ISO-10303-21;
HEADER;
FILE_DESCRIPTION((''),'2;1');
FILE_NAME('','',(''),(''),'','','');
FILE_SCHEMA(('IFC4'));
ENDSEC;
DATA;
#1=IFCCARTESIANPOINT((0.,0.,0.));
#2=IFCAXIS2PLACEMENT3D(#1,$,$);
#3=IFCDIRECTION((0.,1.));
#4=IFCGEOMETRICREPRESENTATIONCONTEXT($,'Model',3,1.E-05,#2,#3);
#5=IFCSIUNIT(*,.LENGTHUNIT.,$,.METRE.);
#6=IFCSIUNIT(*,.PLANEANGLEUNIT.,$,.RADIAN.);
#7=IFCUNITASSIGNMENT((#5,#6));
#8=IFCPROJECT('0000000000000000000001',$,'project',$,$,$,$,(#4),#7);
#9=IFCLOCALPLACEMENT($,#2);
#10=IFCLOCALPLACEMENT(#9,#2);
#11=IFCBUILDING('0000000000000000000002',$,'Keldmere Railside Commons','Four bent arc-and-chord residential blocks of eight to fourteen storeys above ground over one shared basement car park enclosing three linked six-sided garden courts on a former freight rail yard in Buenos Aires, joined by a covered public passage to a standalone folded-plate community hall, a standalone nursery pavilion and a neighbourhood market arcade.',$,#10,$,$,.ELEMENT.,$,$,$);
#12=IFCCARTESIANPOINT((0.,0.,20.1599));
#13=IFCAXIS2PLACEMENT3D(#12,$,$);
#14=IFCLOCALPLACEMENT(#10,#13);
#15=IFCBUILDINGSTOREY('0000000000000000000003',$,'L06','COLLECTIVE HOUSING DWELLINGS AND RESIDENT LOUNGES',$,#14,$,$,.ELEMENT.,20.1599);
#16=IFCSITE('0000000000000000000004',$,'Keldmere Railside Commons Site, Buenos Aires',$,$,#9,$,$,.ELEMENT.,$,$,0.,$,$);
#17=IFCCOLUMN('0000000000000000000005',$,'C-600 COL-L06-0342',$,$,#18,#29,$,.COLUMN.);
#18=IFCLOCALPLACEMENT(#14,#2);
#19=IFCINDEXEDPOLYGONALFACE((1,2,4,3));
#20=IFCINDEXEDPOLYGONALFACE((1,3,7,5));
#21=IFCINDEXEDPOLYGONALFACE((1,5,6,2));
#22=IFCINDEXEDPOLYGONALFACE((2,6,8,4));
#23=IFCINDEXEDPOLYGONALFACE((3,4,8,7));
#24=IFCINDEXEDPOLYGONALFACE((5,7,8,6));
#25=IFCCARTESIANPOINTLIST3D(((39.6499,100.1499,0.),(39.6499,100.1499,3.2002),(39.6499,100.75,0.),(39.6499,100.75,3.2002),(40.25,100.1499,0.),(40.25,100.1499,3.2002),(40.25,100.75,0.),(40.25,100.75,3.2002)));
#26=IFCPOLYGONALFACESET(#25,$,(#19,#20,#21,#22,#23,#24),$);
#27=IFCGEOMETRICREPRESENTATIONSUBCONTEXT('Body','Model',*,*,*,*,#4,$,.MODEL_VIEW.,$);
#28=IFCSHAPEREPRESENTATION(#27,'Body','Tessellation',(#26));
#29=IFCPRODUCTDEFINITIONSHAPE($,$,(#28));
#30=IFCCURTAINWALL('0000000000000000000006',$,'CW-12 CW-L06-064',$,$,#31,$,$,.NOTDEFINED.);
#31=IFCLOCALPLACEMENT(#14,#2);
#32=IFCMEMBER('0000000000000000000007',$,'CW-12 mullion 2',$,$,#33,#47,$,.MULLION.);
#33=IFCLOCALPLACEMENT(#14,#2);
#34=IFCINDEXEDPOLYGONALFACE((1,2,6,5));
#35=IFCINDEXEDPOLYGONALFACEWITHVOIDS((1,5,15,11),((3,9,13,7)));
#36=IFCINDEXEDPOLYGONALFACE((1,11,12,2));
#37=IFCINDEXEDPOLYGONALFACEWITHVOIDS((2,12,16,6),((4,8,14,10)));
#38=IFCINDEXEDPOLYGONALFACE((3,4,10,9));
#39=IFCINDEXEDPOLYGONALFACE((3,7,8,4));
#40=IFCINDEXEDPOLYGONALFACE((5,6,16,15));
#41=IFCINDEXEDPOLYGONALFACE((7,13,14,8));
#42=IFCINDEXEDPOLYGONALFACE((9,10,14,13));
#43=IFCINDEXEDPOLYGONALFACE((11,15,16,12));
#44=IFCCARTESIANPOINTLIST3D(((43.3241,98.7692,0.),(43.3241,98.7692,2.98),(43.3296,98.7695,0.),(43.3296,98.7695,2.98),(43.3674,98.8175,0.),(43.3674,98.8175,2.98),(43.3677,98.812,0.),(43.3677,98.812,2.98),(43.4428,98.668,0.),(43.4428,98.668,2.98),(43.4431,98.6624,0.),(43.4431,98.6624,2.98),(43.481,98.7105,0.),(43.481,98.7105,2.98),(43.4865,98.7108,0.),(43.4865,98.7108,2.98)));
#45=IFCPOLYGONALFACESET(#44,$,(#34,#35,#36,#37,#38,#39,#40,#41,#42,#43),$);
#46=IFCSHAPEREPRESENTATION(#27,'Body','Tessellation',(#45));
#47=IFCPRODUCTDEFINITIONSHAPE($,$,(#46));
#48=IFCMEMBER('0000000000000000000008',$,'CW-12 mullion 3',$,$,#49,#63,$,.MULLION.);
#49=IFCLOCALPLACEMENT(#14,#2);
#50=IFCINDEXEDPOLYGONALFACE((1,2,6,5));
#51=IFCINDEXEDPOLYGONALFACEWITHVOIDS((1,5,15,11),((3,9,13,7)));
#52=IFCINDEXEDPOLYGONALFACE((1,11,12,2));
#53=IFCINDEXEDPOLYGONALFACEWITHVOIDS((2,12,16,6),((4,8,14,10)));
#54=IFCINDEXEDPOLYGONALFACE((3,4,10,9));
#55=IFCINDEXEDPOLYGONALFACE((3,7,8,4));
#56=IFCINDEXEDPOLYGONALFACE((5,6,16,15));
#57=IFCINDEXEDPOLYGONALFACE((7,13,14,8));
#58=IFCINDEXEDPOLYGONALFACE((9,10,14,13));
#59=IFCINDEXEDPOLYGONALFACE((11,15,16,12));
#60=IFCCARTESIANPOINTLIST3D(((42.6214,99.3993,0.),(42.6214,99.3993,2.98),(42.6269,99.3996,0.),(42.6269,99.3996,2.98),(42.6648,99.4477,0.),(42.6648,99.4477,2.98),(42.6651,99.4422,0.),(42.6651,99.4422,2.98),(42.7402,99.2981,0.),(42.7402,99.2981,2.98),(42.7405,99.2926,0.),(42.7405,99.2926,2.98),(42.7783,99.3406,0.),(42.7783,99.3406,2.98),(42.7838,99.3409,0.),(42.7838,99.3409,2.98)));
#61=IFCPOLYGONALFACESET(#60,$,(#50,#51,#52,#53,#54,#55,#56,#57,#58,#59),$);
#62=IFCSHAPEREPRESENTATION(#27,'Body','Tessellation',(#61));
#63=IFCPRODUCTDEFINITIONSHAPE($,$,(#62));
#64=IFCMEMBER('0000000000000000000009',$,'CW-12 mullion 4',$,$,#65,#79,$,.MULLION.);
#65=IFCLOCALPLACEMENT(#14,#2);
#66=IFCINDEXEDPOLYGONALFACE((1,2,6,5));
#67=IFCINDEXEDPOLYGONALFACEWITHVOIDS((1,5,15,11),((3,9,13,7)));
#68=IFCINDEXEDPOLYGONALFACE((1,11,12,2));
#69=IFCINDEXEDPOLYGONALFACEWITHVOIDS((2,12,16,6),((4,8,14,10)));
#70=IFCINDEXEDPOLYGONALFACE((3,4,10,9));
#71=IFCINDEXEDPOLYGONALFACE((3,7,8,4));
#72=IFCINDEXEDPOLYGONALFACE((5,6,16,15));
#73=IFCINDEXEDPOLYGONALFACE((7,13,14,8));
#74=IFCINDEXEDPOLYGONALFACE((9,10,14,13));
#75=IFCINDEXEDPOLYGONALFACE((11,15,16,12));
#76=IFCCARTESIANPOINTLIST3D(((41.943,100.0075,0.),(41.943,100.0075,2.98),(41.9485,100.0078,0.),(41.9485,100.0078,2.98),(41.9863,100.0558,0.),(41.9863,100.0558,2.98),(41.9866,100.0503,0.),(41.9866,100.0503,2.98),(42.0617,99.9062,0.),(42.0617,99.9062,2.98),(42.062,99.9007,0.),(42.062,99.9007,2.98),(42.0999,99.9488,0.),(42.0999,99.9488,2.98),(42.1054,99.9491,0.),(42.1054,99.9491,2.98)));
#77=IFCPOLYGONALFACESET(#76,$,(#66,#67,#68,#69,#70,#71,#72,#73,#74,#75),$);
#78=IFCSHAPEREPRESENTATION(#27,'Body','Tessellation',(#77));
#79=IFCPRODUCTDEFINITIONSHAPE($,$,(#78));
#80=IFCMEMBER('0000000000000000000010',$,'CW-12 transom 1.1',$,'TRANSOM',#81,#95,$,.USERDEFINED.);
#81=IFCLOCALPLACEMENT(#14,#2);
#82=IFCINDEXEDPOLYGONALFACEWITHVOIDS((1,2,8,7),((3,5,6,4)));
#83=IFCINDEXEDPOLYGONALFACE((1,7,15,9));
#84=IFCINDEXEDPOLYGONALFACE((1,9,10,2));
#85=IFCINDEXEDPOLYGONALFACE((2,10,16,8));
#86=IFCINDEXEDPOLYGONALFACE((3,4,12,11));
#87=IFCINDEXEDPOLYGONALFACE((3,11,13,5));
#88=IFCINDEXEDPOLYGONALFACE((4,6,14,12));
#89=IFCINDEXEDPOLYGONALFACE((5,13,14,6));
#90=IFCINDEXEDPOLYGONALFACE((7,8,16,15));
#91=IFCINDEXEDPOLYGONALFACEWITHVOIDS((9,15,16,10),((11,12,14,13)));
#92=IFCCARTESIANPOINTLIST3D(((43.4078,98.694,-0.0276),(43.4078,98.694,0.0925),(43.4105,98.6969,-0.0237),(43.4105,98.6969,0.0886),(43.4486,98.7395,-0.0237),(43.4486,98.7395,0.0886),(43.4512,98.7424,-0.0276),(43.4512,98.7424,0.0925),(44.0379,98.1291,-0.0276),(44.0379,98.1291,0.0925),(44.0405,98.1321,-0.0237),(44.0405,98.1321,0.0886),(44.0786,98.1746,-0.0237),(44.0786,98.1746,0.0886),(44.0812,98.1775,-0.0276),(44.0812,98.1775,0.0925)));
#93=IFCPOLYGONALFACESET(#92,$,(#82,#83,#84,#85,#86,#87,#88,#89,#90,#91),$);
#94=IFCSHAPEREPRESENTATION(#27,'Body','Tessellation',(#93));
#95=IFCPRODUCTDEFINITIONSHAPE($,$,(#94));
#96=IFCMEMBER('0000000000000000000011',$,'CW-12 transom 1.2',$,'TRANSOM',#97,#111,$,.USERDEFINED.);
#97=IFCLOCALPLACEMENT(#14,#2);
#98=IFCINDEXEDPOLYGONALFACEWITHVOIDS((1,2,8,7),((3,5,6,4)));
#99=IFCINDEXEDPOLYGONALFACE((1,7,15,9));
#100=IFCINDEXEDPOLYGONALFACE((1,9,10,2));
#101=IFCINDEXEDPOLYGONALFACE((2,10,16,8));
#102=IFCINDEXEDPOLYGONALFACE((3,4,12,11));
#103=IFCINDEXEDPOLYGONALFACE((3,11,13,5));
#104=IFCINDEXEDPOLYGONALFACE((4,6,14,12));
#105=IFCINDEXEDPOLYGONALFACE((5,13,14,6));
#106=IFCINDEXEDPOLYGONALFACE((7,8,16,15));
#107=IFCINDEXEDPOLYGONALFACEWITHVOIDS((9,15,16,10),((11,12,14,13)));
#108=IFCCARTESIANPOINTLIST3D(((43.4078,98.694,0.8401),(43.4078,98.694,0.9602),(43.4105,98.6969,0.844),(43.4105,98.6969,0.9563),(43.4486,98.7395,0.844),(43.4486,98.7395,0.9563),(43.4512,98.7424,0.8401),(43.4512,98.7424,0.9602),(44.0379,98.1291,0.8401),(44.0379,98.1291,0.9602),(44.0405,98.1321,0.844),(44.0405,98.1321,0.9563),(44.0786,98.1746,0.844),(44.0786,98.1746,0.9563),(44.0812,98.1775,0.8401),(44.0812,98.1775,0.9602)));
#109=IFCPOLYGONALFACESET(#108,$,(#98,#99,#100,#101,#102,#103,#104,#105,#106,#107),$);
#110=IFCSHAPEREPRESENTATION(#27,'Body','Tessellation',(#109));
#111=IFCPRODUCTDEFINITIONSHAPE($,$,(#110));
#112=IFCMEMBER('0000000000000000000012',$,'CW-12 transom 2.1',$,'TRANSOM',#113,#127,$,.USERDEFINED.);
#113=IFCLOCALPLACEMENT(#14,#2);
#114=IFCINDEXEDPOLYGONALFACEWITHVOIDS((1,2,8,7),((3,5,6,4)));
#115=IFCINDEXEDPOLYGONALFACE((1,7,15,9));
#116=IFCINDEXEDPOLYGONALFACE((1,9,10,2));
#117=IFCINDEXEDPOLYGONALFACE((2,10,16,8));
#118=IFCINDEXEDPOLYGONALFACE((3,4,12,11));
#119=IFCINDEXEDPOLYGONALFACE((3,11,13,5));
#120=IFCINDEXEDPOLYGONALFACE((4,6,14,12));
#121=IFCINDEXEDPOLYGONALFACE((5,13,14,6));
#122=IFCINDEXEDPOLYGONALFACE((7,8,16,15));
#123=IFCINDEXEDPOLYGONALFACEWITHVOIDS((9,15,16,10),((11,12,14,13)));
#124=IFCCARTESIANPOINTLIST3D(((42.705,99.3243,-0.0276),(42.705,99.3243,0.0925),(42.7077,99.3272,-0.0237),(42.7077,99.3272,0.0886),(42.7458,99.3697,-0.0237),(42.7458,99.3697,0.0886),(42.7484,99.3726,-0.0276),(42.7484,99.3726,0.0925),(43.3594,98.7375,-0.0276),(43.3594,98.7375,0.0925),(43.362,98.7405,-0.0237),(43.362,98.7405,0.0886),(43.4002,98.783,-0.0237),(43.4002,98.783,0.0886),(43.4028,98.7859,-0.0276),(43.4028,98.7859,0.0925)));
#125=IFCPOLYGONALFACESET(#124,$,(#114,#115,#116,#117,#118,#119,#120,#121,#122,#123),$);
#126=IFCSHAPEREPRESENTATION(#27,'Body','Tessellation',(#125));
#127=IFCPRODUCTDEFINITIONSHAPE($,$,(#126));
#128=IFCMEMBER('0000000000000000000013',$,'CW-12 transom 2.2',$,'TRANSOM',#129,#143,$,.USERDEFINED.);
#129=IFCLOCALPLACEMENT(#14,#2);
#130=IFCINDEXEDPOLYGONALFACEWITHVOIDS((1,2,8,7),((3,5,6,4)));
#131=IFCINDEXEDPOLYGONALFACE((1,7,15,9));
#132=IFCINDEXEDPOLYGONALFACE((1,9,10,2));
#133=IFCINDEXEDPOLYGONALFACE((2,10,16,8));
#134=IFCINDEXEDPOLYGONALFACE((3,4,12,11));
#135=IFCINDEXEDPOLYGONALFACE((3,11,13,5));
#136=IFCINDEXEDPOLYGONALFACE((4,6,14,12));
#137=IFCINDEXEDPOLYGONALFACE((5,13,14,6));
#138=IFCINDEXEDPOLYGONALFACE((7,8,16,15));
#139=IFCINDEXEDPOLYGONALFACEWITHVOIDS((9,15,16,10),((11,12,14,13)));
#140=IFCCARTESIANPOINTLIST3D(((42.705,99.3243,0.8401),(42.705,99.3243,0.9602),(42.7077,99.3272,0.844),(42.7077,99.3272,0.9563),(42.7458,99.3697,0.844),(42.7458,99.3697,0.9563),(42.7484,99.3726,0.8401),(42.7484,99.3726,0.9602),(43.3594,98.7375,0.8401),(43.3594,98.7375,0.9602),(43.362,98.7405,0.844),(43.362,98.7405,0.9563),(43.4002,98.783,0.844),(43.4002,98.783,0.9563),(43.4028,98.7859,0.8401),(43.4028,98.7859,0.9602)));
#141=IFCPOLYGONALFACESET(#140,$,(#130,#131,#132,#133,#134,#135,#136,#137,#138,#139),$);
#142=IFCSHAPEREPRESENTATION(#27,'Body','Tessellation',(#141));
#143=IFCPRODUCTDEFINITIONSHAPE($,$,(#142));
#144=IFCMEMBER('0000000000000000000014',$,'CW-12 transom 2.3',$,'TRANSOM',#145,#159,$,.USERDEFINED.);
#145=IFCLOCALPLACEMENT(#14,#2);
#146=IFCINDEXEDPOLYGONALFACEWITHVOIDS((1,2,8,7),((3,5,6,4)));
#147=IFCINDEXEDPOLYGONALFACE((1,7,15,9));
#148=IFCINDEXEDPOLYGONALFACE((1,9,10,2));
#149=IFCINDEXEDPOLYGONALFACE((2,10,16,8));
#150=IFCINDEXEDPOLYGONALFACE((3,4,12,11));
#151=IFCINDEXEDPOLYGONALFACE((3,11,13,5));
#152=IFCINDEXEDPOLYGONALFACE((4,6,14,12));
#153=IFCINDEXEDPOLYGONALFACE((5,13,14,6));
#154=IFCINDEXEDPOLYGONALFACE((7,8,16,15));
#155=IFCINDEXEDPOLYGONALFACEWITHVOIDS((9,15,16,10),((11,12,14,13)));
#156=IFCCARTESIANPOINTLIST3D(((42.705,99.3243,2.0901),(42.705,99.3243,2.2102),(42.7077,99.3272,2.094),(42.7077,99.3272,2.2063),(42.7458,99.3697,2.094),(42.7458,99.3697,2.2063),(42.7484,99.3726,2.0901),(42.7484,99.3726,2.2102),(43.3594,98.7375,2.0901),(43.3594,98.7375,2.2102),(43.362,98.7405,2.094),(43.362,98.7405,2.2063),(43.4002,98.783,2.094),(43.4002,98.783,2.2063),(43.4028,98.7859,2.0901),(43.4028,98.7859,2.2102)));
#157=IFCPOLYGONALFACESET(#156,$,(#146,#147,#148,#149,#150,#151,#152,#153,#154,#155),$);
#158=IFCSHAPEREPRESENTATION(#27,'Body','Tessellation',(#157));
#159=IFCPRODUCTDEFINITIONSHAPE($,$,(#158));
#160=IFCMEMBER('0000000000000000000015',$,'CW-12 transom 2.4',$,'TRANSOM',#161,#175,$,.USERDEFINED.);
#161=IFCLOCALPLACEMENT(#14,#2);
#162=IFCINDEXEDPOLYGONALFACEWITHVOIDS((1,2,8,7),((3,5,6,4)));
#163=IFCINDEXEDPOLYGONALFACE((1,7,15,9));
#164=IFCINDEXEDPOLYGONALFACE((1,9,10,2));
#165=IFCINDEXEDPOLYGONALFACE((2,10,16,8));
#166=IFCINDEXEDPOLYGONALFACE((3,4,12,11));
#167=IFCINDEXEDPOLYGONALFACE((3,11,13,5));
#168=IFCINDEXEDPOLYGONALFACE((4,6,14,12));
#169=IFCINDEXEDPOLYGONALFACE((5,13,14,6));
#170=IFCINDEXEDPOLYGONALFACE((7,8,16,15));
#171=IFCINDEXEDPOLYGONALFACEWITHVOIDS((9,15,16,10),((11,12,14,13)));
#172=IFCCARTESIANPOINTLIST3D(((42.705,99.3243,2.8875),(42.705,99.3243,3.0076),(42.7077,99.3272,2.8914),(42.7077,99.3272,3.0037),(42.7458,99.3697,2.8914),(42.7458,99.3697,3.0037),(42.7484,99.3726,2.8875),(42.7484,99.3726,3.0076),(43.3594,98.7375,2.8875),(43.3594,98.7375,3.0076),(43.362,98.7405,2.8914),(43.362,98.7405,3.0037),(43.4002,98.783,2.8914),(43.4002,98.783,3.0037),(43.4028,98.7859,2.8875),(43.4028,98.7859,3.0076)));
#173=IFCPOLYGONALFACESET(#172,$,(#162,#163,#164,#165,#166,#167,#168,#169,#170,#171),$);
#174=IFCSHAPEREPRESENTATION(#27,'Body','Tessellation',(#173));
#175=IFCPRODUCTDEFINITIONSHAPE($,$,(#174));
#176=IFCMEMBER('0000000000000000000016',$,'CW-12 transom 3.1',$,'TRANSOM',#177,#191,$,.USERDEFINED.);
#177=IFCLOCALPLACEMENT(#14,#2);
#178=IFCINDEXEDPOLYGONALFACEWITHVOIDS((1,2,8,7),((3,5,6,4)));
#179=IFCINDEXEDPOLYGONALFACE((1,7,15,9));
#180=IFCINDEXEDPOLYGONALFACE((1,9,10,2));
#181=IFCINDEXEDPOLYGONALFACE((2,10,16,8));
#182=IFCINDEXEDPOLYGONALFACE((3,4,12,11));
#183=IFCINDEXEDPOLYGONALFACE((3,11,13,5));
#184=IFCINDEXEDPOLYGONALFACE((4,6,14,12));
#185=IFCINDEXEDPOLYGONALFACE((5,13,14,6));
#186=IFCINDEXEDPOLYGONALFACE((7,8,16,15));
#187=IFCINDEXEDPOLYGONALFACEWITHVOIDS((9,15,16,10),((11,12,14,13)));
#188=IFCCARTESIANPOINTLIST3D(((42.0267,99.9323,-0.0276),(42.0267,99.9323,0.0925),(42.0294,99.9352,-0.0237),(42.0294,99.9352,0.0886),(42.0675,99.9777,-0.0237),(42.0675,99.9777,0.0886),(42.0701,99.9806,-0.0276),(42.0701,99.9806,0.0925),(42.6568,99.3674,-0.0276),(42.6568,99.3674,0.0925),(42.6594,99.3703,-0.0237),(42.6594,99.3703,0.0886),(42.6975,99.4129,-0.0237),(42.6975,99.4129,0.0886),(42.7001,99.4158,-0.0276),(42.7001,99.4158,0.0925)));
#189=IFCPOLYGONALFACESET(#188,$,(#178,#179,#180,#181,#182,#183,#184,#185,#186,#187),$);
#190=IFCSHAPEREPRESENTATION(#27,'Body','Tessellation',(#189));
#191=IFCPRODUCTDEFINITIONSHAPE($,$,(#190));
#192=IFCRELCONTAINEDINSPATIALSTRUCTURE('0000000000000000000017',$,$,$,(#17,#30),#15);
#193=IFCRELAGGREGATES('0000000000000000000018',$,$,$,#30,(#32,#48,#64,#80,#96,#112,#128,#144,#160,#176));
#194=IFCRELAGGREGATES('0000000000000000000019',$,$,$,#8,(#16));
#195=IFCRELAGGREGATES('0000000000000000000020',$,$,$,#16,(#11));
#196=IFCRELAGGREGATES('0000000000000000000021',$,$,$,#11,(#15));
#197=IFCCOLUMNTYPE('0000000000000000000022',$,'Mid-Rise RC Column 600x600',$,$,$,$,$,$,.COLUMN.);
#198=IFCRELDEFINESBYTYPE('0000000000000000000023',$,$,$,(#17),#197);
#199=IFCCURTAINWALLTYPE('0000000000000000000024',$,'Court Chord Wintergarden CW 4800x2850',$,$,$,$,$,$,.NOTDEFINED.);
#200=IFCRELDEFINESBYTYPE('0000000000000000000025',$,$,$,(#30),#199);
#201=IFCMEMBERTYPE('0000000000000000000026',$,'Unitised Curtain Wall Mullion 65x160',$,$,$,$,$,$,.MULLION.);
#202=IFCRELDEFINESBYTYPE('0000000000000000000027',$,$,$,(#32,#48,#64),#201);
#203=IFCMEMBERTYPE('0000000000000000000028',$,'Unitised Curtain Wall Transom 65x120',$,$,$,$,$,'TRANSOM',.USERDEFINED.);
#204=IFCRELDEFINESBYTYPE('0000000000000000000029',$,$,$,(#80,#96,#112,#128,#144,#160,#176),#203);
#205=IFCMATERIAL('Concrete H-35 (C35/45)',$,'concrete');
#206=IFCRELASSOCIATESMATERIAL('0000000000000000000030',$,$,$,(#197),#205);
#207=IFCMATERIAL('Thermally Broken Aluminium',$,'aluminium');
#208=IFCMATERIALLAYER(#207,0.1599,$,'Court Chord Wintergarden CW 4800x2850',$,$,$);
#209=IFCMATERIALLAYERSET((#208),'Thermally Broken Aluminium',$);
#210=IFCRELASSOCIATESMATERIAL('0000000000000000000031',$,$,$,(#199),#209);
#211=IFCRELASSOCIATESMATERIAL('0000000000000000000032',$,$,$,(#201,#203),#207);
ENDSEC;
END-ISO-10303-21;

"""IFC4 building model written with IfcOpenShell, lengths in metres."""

from ifc_helpers import new_model, si_unit, direction, frame, origin, origin_2d, place, context, subcontext, project, spatial, rectangle, hollow_rectangle, extrude, material, layer, layer_set, material_profile, profile_set, type_object, element, aggregate, save


model = new_model("IFC4")

# Units and contexts
model_context = context("Model", 3, precision=1e-05, world=origin(), true_north=direction((0.0, 1.0)))
body_context = subcontext(model_context, "Body", "Model", "MODEL_VIEW")
ifc_project = project(units=[si_unit("LENGTHUNIT", "METRE"), si_unit("PLANEANGLEUNIT", "RADIAN")], contexts=[model_context])

# Site, building, storey
site_placement = place(None, origin())
site = spatial("IfcSite", under=ifc_project, at=site_placement, Name="Keldmere Railside Commons Site, Buenos Aires", CompositionType="ELEMENT", RefElevation=0.0)
building_placement = place(site_placement, origin())
building = spatial("IfcBuilding", under=site, at=building_placement, Name="Keldmere Railside Commons", Description="Four bent arc-and-chord residential blocks of eight to fourteen storeys above ground over one shared basement car park enclosing three linked six-sided garden courts on a former freight rail yard in Buenos Aires, joined by a covered public passage to a standalone folded-plate community hall, a standalone nursery pavilion and a neighbourhood market arcade.", CompositionType="ELEMENT")
storey_placement = place(building_placement, frame((0.0, 0.0, 20.1599)))
storey = spatial("IfcBuildingStorey", under=building, at=storey_placement, Name="L06", Description="COLLECTIVE HOUSING DWELLINGS AND RESIDENT LOUNGES", CompositionType="ELEMENT", Elevation=20.1599)

# Column
ifc_material_1 = material(Name="Concrete H-35 (C35/45)", Category="concrete")
ifc_material_profile_1 = material_profile(ifc_material_1, rectangle(XDim=0.6001, YDim=0.6001, at=origin_2d()), Name="RC-600x600")
ifc_profile_set_1 = profile_set([ifc_material_profile_1], Name="Concrete H-35 (C35/45)")
column_type = type_object("IfcColumnType", Name="Mid-Rise RC Column 600x600", PredefinedType="COLUMN", material=ifc_profile_set_1)
column_placement = place(storey_placement, frame((39.95, 100.45, 0.0), z_axis=(0.0, 0.0, 1.0), x_axis=(1.0, 0.0, 0.0)))
element("IfcColumn", 1, at=column_placement, inside=storey, type_object=column_type, Name="C-600 COL-L06-0342", PredefinedType="COLUMN", context=body_context, shape_type="SweptSolid", body=[
    extrude(rectangle(XDim=0.6001, YDim=0.6001, at=origin_2d()), origin(), (0.0, 0.0, 1.0), 3.2002),
])

# Curtain wall, members
ifc_material_2 = material(Name="Thermally Broken Aluminium", Category="aluminium")
ifc_layer_1 = layer(ifc_material_2, 0.1599, Name="Court Chord Wintergarden CW 4800x2850")
ifc_layer_set_1 = layer_set([ifc_layer_1], Name="Thermally Broken Aluminium")
curtain_wall_type = type_object("IfcCurtainWallType", Name="Court Chord Wintergarden CW 4800x2850", PredefinedType="NOTDEFINED", material=ifc_layer_set_1)
curtain_wall_placement = place(storey_placement, origin())
curtain_wall = element("IfcCurtainWall", 2, at=curtain_wall_placement, inside=storey, type_object=curtain_wall_type, Name="CW-12 CW-L06-064", PredefinedType="NOTDEFINED")
ifc_material_profile_2 = material_profile(ifc_material_2, hollow_rectangle(XDim=0.0649, YDim=0.1599, WallThickness=0.0039, at=origin_2d()), Name="ALU-MULL-65x160")
ifc_profile_set_2 = profile_set([ifc_material_profile_2], Name="Thermally Broken Aluminium")
member_type_1 = type_object("IfcMemberType", Name="Unitised Curtain Wall Mullion 65x160", PredefinedType="MULLION", material=ifc_profile_set_2)
member_1_placement = place(storey_placement, frame((43.4053, 98.74, 0.0), z_axis=(0.0, 0.0, 1.0), x_axis=(-0.667559, -0.744557, 0.0)))
member_1 = element("IfcMember", 3, at=member_1_placement, type_object=member_type_1, Name="CW-12 mullion 2", PredefinedType="MULLION", context=body_context, shape_type="SweptSolid", body=[
    extrude(hollow_rectangle(XDim=0.0649, YDim=0.1599, WallThickness=0.0039, at=origin_2d()), origin(), (0.0, 0.0, 1.0), 2.98),
])
member_2_placement = place(storey_placement, frame((42.7026, 99.3701, 0.0), z_axis=(0.0, 0.0, 1.0), x_axis=(-0.667559, -0.744557, 0.0)))
member_2 = element("IfcMember", 4, at=member_2_placement, type_object=member_type_1, Name="CW-12 mullion 3", PredefinedType="MULLION", context=body_context, shape_type="SweptSolid", body=[
    extrude(hollow_rectangle(XDim=0.0649, YDim=0.1599, WallThickness=0.0039, at=origin_2d()), origin(), (0.0, 0.0, 1.0), 2.98),
])
member_3_placement = place(storey_placement, frame((42.0242, 99.9783, 0.0), z_axis=(0.0, 0.0, 1.0), x_axis=(-0.667559, -0.744557, 0.0)))
member_3 = element("IfcMember", 5, at=member_3_placement, type_object=member_type_1, Name="CW-12 mullion 4", PredefinedType="MULLION", context=body_context, shape_type="SweptSolid", body=[
    extrude(hollow_rectangle(XDim=0.0649, YDim=0.1599, WallThickness=0.0039, at=origin_2d()), origin(), (0.0, 0.0, 1.0), 2.98),
])
ifc_material_profile_3 = material_profile(ifc_material_2, hollow_rectangle(XDim=0.0649, YDim=0.1201, WallThickness=0.0039, at=origin_2d()), Name="ALU-TRAN-65x120")
ifc_profile_set_3 = profile_set([ifc_material_profile_3], Name="Thermally Broken Aluminium")
member_type_2 = type_object("IfcMemberType", Name="Unitised Curtain Wall Transom 65x120", ElementType="TRANSOM", PredefinedType="USERDEFINED", material=ifc_profile_set_3)
member_4_placement = place(storey_placement, frame((44.0596, 98.1533, 0.0325), z_axis=(-0.744569, 0.667545, 0.0), x_axis=(-0.667545, -0.744569, 0.0)))
member_4 = element("IfcMember", 6, at=member_4_placement, type_object=member_type_2, Name="CW-12 transom 1.1", ObjectType="TRANSOM", PredefinedType="USERDEFINED", context=body_context, shape_type="SweptSolid", body=[
    extrude(hollow_rectangle(XDim=0.0649, YDim=0.1201, WallThickness=0.0039, at=origin_2d()), origin(), (0.0, 0.0, 1.0), 0.8462),
])
member_5_placement = place(storey_placement, frame((44.0596, 98.1533, 0.9001), z_axis=(-0.744569, 0.667545, 0.0), x_axis=(-0.667545, -0.744569, 0.0)))
member_5 = element("IfcMember", 7, at=member_5_placement, type_object=member_type_2, Name="CW-12 transom 1.2", ObjectType="TRANSOM", PredefinedType="USERDEFINED", context=body_context, shape_type="SweptSolid", body=[
    extrude(hollow_rectangle(XDim=0.0649, YDim=0.1201, WallThickness=0.0039, at=origin_2d()), origin(), (0.0, 0.0, 1.0), 0.8462),
])
member_6_placement = place(storey_placement, frame((43.3811, 98.7617, 0.0325), z_axis=(-0.744536, 0.667582, 0.0), x_axis=(-0.667582, -0.744536, 0.0)))
member_6 = element("IfcMember", 8, at=member_6_placement, type_object=member_type_2, Name="CW-12 transom 2.1", ObjectType="TRANSOM", PredefinedType="USERDEFINED", context=body_context, shape_type="SweptSolid", body=[
    extrude(hollow_rectangle(XDim=0.0649, YDim=0.1201, WallThickness=0.0039, at=origin_2d()), origin(), (0.0, 0.0, 1.0), 0.8789),
])
member_7_placement = place(storey_placement, frame((43.3811, 98.7617, 0.9001), z_axis=(-0.744536, 0.667582, 0.0), x_axis=(-0.667582, -0.744536, 0.0)))
member_7 = element("IfcMember", 9, at=member_7_placement, type_object=member_type_2, Name="CW-12 transom 2.2", ObjectType="TRANSOM", PredefinedType="USERDEFINED", context=body_context, shape_type="SweptSolid", body=[
    extrude(hollow_rectangle(XDim=0.0649, YDim=0.1201, WallThickness=0.0039, at=origin_2d()), origin(), (0.0, 0.0, 1.0), 0.8789),
])
member_8_placement = place(storey_placement, frame((43.3811, 98.7617, 2.1501), z_axis=(-0.744536, 0.667582, 0.0), x_axis=(-0.667582, -0.744536, 0.0)))
member_8 = element("IfcMember", 10, at=member_8_placement, type_object=member_type_2, Name="CW-12 transom 2.3", ObjectType="TRANSOM", PredefinedType="USERDEFINED", context=body_context, shape_type="SweptSolid", body=[
    extrude(hollow_rectangle(XDim=0.0649, YDim=0.1201, WallThickness=0.0039, at=origin_2d()), origin(), (0.0, 0.0, 1.0), 0.8789),
])
member_9_placement = place(storey_placement, frame((43.3811, 98.7617, 2.9475), z_axis=(-0.744536, 0.667582, 0.0), x_axis=(-0.667582, -0.744536, 0.0)))
member_9 = element("IfcMember", 11, at=member_9_placement, type_object=member_type_2, Name="CW-12 transom 2.4", ObjectType="TRANSOM", PredefinedType="USERDEFINED", context=body_context, shape_type="SweptSolid", body=[
    extrude(hollow_rectangle(XDim=0.0649, YDim=0.1201, WallThickness=0.0039, at=origin_2d()), origin(), (0.0, 0.0, 1.0), 0.8789),
])
member_10_placement = place(storey_placement, frame((42.6785, 99.3916, 0.0325), z_axis=(-0.744569, 0.667545, 0.0), x_axis=(-0.667545, -0.744569, 0.0)))
member_10 = element("IfcMember", 12, at=member_10_placement, type_object=member_type_2, Name="CW-12 transom 3.1", ObjectType="TRANSOM", PredefinedType="USERDEFINED", context=body_context, shape_type="SweptSolid", body=[
    extrude(hollow_rectangle(XDim=0.0649, YDim=0.1201, WallThickness=0.0039, at=origin_2d()), origin(), (0.0, 0.0, 1.0), 0.8462),
])
aggregate(curtain_wall, [member_1, member_2, member_3, member_4, member_5, member_6, member_7, member_8, member_9, member_10])

save(model, "model.ifc")
